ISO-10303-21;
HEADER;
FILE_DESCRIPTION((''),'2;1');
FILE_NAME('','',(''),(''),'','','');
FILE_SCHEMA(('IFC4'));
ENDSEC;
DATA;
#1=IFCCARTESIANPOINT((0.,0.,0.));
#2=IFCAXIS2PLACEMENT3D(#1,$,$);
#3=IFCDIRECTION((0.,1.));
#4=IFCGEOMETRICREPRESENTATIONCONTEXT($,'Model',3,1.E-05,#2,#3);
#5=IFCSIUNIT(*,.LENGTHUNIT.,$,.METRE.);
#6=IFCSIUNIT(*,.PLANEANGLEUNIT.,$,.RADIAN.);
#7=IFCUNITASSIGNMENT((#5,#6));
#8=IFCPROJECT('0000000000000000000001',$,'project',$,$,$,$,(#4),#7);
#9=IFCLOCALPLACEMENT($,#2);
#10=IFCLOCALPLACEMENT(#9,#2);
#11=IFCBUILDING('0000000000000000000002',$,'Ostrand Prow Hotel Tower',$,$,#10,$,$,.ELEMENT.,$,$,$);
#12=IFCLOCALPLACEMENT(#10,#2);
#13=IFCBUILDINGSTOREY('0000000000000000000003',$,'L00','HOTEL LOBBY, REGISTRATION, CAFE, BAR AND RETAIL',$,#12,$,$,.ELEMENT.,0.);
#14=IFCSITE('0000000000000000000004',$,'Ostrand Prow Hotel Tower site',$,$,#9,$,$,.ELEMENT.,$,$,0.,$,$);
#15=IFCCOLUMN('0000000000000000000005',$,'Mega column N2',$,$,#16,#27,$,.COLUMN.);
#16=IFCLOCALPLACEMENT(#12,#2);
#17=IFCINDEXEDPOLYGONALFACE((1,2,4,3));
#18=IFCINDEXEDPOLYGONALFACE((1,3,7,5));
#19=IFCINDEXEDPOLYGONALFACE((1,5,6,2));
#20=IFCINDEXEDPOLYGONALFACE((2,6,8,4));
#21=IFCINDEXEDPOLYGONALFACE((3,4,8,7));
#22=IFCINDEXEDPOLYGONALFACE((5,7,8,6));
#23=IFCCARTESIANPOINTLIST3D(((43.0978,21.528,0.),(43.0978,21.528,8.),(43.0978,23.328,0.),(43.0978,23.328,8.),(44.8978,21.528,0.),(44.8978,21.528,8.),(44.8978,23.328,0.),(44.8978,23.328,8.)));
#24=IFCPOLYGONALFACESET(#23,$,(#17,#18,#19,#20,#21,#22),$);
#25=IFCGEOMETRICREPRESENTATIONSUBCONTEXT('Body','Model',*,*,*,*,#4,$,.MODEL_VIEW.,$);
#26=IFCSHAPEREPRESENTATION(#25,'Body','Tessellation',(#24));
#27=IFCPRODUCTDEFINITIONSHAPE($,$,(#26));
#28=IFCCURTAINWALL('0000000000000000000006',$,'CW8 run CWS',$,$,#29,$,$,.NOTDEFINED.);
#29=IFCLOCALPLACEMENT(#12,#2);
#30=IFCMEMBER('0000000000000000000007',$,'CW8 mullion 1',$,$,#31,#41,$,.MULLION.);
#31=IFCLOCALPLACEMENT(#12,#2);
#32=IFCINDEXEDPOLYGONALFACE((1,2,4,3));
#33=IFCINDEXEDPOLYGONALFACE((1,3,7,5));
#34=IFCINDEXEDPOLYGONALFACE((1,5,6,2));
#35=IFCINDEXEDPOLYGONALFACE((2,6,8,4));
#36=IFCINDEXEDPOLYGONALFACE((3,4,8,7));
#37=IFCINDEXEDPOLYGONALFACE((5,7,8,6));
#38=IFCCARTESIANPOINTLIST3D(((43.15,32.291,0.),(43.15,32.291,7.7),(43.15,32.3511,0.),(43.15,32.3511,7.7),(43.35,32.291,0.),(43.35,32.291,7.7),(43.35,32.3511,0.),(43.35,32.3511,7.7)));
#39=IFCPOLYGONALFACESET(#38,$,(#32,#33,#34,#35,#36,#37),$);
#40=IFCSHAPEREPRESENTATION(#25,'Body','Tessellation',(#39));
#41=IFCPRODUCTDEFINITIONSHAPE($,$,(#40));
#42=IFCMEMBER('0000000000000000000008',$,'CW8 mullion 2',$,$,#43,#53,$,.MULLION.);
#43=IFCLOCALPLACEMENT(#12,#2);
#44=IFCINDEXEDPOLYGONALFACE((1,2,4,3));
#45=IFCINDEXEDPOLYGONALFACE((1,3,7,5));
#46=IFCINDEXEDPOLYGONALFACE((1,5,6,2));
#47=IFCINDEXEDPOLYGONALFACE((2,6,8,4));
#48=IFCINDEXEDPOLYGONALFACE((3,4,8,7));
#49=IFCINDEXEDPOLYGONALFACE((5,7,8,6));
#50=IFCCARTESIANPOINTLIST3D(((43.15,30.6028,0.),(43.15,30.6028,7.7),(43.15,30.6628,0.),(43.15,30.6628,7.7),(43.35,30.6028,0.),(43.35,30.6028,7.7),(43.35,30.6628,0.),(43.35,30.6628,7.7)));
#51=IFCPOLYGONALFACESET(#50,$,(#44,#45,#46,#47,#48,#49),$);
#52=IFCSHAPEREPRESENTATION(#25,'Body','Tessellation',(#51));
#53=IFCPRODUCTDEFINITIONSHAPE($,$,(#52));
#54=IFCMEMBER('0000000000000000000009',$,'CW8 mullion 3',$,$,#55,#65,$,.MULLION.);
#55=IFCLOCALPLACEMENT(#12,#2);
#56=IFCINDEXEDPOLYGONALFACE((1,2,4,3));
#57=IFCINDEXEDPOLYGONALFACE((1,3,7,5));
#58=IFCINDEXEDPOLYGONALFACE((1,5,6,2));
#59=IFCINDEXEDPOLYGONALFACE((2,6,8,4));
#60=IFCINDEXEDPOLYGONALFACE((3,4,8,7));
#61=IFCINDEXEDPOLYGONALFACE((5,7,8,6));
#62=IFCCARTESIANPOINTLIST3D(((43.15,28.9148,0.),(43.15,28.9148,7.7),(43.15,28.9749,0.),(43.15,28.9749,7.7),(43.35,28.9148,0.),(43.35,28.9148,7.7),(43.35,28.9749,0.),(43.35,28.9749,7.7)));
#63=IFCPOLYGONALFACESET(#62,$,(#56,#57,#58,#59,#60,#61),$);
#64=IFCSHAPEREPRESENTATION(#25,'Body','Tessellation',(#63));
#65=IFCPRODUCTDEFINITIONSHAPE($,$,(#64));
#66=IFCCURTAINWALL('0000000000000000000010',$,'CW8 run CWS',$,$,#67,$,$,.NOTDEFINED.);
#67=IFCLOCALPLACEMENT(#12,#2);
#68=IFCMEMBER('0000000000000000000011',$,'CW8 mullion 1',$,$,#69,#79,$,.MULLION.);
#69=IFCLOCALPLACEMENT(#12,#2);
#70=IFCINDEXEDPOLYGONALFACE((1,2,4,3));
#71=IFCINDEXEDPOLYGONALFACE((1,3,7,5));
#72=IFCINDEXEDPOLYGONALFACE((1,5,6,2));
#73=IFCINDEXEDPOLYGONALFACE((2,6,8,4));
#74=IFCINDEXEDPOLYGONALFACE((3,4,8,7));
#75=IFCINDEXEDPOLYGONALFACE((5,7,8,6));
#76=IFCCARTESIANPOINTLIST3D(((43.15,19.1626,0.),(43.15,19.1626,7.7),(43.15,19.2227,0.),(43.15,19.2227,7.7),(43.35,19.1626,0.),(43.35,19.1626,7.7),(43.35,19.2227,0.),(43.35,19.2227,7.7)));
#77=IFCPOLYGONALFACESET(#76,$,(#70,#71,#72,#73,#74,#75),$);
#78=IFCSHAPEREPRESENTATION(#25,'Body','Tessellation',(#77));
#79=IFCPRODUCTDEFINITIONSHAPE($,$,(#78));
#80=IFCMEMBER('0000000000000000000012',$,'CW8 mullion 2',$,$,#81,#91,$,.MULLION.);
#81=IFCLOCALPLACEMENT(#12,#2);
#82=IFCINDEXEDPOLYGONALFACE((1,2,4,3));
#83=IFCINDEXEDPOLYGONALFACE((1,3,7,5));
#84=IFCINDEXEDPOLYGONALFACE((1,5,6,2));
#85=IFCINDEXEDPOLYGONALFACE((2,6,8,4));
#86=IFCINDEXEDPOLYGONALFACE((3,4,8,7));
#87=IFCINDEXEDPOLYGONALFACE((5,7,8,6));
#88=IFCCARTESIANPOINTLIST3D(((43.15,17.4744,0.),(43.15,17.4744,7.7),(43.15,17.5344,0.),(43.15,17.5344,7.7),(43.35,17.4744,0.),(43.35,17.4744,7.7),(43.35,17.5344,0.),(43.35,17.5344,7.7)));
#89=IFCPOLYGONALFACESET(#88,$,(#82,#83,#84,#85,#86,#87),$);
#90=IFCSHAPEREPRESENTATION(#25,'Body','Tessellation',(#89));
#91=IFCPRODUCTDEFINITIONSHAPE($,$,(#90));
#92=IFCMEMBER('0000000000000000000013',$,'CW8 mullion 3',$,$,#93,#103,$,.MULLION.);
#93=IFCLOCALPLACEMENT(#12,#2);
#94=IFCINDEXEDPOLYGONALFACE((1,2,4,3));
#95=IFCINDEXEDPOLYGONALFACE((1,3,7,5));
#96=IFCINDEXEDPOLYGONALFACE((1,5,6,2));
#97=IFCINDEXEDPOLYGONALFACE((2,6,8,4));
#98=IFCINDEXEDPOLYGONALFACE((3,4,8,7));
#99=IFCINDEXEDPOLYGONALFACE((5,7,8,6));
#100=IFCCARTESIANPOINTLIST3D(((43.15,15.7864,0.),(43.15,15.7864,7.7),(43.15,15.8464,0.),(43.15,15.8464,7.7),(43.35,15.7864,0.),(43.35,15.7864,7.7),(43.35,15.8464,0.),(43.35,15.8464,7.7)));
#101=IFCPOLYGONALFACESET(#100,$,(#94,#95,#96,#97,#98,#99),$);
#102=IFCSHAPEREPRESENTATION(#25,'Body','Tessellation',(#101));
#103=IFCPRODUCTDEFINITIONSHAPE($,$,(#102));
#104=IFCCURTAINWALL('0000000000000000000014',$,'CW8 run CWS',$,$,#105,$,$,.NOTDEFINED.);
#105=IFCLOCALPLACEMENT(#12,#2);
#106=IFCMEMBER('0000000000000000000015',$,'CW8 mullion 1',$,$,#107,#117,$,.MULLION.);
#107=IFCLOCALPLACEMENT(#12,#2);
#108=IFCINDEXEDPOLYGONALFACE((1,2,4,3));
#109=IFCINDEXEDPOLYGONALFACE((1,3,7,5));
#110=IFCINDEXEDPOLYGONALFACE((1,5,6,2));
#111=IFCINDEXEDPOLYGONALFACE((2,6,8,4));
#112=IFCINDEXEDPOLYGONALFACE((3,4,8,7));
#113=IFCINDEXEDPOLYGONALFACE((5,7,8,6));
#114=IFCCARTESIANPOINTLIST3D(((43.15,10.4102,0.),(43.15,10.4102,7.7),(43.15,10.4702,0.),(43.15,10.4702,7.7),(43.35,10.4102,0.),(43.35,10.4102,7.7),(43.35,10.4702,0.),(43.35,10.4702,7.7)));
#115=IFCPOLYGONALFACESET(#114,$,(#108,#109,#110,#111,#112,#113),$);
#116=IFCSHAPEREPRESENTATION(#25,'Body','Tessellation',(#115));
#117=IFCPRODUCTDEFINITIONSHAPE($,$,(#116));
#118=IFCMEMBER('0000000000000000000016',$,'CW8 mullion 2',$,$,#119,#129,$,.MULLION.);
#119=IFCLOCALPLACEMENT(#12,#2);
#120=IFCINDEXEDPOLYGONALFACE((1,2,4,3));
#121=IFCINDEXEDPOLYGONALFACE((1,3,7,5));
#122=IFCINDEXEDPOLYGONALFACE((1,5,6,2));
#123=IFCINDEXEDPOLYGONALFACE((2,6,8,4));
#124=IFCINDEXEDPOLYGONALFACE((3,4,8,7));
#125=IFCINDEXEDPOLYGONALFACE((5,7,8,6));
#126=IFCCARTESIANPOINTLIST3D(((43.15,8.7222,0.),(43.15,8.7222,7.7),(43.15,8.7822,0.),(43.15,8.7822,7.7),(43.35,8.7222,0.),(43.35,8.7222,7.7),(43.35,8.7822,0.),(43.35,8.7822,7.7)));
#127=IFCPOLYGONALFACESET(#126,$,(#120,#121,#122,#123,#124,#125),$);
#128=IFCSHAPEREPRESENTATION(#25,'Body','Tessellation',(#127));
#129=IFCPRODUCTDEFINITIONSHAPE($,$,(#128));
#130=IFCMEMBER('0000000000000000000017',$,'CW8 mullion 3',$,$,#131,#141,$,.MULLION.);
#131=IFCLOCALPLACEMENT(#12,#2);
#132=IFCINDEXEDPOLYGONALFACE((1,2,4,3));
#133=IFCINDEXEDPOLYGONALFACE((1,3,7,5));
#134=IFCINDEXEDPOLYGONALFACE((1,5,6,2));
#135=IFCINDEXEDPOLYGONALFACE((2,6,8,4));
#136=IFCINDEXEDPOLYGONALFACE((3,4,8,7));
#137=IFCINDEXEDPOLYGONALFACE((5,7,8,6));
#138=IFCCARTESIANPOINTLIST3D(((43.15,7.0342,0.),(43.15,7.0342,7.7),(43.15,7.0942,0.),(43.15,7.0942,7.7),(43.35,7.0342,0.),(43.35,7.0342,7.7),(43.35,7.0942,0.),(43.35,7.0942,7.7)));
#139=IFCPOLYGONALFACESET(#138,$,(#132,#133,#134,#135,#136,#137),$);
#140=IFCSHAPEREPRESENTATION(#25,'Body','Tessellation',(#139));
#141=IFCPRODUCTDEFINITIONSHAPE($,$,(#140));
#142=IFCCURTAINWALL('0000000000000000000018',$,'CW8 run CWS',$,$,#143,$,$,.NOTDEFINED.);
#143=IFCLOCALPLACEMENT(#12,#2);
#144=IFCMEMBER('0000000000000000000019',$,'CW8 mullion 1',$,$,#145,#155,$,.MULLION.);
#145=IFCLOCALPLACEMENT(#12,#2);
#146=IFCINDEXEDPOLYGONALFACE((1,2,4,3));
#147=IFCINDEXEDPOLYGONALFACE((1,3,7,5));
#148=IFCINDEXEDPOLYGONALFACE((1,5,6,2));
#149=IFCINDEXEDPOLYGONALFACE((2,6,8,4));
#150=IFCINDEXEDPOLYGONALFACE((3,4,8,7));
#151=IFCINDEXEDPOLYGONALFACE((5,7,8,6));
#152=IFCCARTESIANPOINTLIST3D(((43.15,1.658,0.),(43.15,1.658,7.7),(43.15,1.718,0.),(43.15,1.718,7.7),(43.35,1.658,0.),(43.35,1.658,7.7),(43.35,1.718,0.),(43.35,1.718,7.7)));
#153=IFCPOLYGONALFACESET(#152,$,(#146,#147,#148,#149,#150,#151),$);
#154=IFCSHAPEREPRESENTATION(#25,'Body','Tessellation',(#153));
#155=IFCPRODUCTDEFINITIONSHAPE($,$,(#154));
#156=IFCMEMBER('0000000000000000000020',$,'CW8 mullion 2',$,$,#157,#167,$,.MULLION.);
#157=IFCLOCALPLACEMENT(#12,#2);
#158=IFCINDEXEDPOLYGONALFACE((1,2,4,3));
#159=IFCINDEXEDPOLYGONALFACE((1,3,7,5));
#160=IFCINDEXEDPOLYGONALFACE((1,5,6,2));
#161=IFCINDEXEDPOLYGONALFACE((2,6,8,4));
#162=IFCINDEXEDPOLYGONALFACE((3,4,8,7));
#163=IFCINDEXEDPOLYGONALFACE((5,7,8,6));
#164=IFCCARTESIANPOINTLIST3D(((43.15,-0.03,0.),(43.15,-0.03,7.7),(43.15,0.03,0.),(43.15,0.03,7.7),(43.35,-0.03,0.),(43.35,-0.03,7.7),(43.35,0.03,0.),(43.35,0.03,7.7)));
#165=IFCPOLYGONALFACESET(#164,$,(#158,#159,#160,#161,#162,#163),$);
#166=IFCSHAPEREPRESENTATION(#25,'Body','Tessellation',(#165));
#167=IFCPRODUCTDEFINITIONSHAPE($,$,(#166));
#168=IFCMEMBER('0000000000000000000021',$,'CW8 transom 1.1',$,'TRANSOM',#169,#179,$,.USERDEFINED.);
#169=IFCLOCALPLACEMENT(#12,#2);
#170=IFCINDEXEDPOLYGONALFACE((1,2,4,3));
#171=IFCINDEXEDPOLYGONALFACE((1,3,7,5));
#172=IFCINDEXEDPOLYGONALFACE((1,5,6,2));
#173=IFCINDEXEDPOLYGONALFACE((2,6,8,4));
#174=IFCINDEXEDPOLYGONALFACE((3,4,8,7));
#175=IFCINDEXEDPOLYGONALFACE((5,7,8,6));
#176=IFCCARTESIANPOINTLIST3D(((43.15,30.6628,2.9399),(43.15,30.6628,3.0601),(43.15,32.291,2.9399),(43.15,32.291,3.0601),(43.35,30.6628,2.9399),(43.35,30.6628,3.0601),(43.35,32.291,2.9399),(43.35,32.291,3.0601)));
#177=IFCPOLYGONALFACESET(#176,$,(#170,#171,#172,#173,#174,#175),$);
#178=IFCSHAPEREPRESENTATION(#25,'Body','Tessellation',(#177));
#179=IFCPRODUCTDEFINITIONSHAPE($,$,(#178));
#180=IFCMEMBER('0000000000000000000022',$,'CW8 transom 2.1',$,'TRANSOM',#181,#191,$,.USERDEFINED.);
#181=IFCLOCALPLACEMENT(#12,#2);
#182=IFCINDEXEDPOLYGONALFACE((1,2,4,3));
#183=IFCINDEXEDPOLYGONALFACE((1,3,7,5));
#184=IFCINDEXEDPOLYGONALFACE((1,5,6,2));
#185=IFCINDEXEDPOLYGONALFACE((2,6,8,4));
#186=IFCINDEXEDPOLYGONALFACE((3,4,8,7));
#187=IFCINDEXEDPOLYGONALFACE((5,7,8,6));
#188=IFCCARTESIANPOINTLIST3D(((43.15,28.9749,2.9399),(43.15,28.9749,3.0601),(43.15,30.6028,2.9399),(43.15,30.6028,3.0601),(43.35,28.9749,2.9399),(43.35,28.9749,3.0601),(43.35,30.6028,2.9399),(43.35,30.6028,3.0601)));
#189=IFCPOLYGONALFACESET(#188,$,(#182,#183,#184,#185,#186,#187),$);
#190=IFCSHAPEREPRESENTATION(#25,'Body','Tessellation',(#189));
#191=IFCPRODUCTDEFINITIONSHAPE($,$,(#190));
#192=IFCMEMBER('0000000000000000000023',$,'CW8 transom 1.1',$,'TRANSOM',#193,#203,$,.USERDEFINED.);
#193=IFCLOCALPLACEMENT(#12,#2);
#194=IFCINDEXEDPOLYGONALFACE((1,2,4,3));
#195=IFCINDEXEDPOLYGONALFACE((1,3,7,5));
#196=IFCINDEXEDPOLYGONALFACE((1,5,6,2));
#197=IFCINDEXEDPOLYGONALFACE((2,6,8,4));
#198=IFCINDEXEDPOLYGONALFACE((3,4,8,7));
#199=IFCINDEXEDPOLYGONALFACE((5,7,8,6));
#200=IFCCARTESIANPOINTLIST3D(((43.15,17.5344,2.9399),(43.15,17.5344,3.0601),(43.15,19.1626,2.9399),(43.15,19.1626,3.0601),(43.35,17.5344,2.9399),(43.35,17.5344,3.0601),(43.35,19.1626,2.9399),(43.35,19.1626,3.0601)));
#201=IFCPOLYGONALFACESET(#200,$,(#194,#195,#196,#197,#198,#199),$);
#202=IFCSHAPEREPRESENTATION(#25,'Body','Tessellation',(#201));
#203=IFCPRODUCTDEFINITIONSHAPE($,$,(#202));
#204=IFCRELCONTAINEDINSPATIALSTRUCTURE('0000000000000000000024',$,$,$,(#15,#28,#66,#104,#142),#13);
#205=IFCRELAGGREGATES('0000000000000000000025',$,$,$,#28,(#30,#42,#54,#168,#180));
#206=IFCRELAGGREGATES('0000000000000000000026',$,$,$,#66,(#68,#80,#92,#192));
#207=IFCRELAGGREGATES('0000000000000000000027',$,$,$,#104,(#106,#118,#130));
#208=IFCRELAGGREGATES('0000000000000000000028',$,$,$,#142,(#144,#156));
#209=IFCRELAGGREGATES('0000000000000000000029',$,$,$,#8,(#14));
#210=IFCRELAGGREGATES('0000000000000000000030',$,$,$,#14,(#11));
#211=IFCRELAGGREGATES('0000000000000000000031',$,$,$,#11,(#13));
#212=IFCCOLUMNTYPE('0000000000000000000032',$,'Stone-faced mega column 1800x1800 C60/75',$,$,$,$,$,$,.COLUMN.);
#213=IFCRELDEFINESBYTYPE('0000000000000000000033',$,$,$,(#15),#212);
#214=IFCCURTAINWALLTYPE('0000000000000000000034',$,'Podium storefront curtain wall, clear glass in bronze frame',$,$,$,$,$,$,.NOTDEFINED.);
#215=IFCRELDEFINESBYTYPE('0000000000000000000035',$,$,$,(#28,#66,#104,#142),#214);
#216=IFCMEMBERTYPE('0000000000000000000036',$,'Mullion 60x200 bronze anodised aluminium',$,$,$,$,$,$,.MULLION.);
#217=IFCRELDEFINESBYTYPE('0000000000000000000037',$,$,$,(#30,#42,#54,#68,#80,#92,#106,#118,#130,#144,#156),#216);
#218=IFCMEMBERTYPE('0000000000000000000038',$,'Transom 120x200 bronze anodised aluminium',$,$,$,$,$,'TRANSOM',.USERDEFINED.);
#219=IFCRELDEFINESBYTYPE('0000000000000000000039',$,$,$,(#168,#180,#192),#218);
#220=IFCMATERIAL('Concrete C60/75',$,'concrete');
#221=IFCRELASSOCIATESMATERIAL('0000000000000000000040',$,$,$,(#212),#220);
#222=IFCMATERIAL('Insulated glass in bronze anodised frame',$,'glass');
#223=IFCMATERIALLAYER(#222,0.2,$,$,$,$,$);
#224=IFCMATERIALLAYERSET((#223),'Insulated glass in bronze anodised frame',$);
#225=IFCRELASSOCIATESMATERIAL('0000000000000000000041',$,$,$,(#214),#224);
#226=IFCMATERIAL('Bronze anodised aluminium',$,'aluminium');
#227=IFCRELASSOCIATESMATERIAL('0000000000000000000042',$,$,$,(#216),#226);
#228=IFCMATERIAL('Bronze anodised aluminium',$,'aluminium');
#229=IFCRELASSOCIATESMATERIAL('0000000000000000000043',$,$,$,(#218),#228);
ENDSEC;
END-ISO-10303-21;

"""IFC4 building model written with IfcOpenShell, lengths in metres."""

from ifc_helpers import new_model, si_unit, direction, frame, origin, origin_2d, place, context, subcontext, project, spatial, rectangle, extrude, material, layer, layer_set, material_profile, profile_set, type_object, element, aggregate, save


model = new_model("IFC4")

# Units and contexts
model_context = context("Model", 3, precision=1e-05, world=origin(), true_north=direction((0.0, 1.0)))
body_context = subcontext(model_context, "Body", "Model", "MODEL_VIEW")
ifc_project = project(units=[si_unit("LENGTHUNIT", "METRE"), si_unit("PLANEANGLEUNIT", "RADIAN")], contexts=[model_context])

# Site, building, storey
site_placement = place(None, origin())
site = spatial("IfcSite", under=ifc_project, at=site_placement, Name="Ostrand Prow Hotel Tower site", CompositionType="ELEMENT", RefElevation=0.0)
building_placement = place(site_placement, origin())
building = spatial("IfcBuilding", under=site, at=building_placement, Name="Ostrand Prow Hotel Tower", CompositionType="ELEMENT")
storey_placement = place(building_placement, origin())
storey = spatial("IfcBuildingStorey", under=building, at=storey_placement, Name="L00", Description="HOTEL LOBBY, REGISTRATION, CAFE, BAR AND RETAIL", CompositionType="ELEMENT", Elevation=0.0)

# Column
ifc_material_1 = material(Name="Concrete C60/75", Category="concrete")
ifc_material_profile_1 = material_profile(ifc_material_1, rectangle(XDim=1.8, YDim=1.8, at=origin_2d()), Name="RC 1800x1800")
ifc_profile_set_1 = profile_set([ifc_material_profile_1], Name="Concrete C60/75")
column_type = type_object("IfcColumnType", Name="Stone-faced mega column 1800x1800 C60/75", PredefinedType="COLUMN", material=ifc_profile_set_1)
column_placement = place(storey_placement, frame((43.9978, 22.428, 0.0), z_axis=(0.0, 0.0, 1.0), x_axis=(1.0, 0.0, 0.0)))
element("IfcColumn", 1, at=column_placement, inside=storey, type_object=column_type, Name="Mega column N2", PredefinedType="COLUMN", context=body_context, shape_type="SweptSolid", body=[
    extrude(rectangle(XDim=1.8, YDim=1.8, at=origin_2d()), origin(), (0.0, 0.0, 1.0), 8.0),
])

# Curtain walls, members
ifc_material_2 = material(Name="Insulated glass in bronze anodised frame", Category="glass")
ifc_layer_1 = layer(ifc_material_2, 0.2)
ifc_layer_set_1 = layer_set([ifc_layer_1], Name="Insulated glass in bronze anodised frame")
curtain_wall_type = type_object("IfcCurtainWallType", Name="Podium storefront curtain wall, clear glass in bronze frame", PredefinedType="NOTDEFINED", material=ifc_layer_set_1)
curtain_wall_1_placement = place(storey_placement, origin())
curtain_wall_1 = element("IfcCurtainWall", 2, at=curtain_wall_1_placement, inside=storey, type_object=curtain_wall_type, Name="CW8 run CWS", PredefinedType="NOTDEFINED")
ifc_material_3 = material(Name="Bronze anodised aluminium", Category="aluminium")
ifc_material_profile_2 = material_profile(ifc_material_3, rectangle(XDim=0.2, YDim=0.0601, at=origin_2d()), Name="Mullion 60x200 bronze anodised aluminium")
ifc_profile_set_2 = profile_set([ifc_material_profile_2], Name="Bronze anodised aluminium")
member_type_1 = type_object("IfcMemberType", Name="Mullion 60x200 bronze anodised aluminium", PredefinedType="MULLION", material=ifc_profile_set_2)
member_1_placement = place(storey_placement, frame((43.25, 32.321, 0.0), z_axis=(0.0, 0.0, 1.0), x_axis=(1.0, 0.0, 0.0)))
member_1 = element("IfcMember", 3, at=member_1_placement, type_object=member_type_1, Name="CW8 mullion 1", PredefinedType="MULLION", context=body_context, shape_type="SweptSolid", body=[
    extrude(rectangle(XDim=0.2, YDim=0.0601, at=origin_2d()), origin(), (0.0, 0.0, 1.0), 7.7),
])
member_2_placement = place(storey_placement, frame((43.25, 30.6328, 0.0), z_axis=(0.0, 0.0, 1.0), x_axis=(1.0, 0.0, 0.0)))
member_2 = element("IfcMember", 4, at=member_2_placement, type_object=member_type_1, Name="CW8 mullion 2", PredefinedType="MULLION", context=body_context, shape_type="SweptSolid", body=[
    extrude(rectangle(XDim=0.2, YDim=0.0601, at=origin_2d()), origin(), (0.0, 0.0, 1.0), 7.7),
])
member_3_placement = place(storey_placement, frame((43.25, 28.9448, 0.0), z_axis=(0.0, 0.0, 1.0), x_axis=(1.0, 0.0, 0.0)))
member_3 = element("IfcMember", 5, at=member_3_placement, type_object=member_type_1, Name="CW8 mullion 3", PredefinedType="MULLION", context=body_context, shape_type="SweptSolid", body=[
    extrude(rectangle(XDim=0.2, YDim=0.0601, at=origin_2d()), origin(), (0.0, 0.0, 1.0), 7.7),
])
curtain_wall_2_placement = place(storey_placement, origin())
curtain_wall_2 = element("IfcCurtainWall", 6, at=curtain_wall_2_placement, inside=storey, type_object=curtain_wall_type, Name="CW8 run CWS", PredefinedType="NOTDEFINED")
member_4_placement = place(storey_placement, frame((43.25, 19.1926, 0.0), z_axis=(0.0, 0.0, 1.0), x_axis=(1.0, 0.0, 0.0)))
member_4 = element("IfcMember", 7, at=member_4_placement, type_object=member_type_1, Name="CW8 mullion 1", PredefinedType="MULLION", context=body_context, shape_type="SweptSolid", body=[
    extrude(rectangle(XDim=0.2, YDim=0.0601, at=origin_2d()), origin(), (0.0, 0.0, 1.0), 7.7),
])
member_5_placement = place(storey_placement, frame((43.25, 17.5044, 0.0), z_axis=(0.0, 0.0, 1.0), x_axis=(1.0, 0.0, 0.0)))
member_5 = element("IfcMember", 8, at=member_5_placement, type_object=member_type_1, Name="CW8 mullion 2", PredefinedType="MULLION", context=body_context, shape_type="SweptSolid", body=[
    extrude(rectangle(XDim=0.2, YDim=0.0601, at=origin_2d()), origin(), (0.0, 0.0, 1.0), 7.7),
])
member_6_placement = place(storey_placement, frame((43.25, 15.8164, 0.0), z_axis=(0.0, 0.0, 1.0), x_axis=(1.0, 0.0, 0.0)))
member_6 = element("IfcMember", 9, at=member_6_placement, type_object=member_type_1, Name="CW8 mullion 3", PredefinedType="MULLION", context=body_context, shape_type="SweptSolid", body=[
    extrude(rectangle(XDim=0.2, YDim=0.0601, at=origin_2d()), origin(), (0.0, 0.0, 1.0), 7.7),
])
curtain_wall_3_placement = place(storey_placement, origin())
curtain_wall_3 = element("IfcCurtainWall", 10, at=curtain_wall_3_placement, inside=storey, type_object=curtain_wall_type, Name="CW8 run CWS", PredefinedType="NOTDEFINED")
member_7_placement = place(storey_placement, frame((43.25, 10.4402, 0.0), z_axis=(0.0, 0.0, 1.0), x_axis=(1.0, 0.0, 0.0)))
member_7 = element("IfcMember", 11, at=member_7_placement, type_object=member_type_1, Name="CW8 mullion 1", PredefinedType="MULLION", context=body_context, shape_type="SweptSolid", body=[
    extrude(rectangle(XDim=0.2, YDim=0.0601, at=origin_2d()), origin(), (0.0, 0.0, 1.0), 7.7),
])
member_8_placement = place(storey_placement, frame((43.25, 8.7522, 0.0), z_axis=(0.0, 0.0, 1.0), x_axis=(1.0, 0.0, 0.0)))
member_8 = element("IfcMember", 12, at=member_8_placement, type_object=member_type_1, Name="CW8 mullion 2", PredefinedType="MULLION", context=body_context, shape_type="SweptSolid", body=[
    extrude(rectangle(XDim=0.2, YDim=0.0601, at=origin_2d()), origin(), (0.0, 0.0, 1.0), 7.7),
])
member_9_placement = place(storey_placement, frame((43.25, 7.0642, 0.0), z_axis=(0.0, 0.0, 1.0), x_axis=(1.0, 0.0, 0.0)))
member_9 = element("IfcMember", 13, at=member_9_placement, type_object=member_type_1, Name="CW8 mullion 3", PredefinedType="MULLION", context=body_context, shape_type="SweptSolid", body=[
    extrude(rectangle(XDim=0.2, YDim=0.0601, at=origin_2d()), origin(), (0.0, 0.0, 1.0), 7.7),
])
curtain_wall_4_placement = place(storey_placement, origin())
curtain_wall_4 = element("IfcCurtainWall", 14, at=curtain_wall_4_placement, inside=storey, type_object=curtain_wall_type, Name="CW8 run CWS", PredefinedType="NOTDEFINED")
member_10_placement = place(storey_placement, frame((43.25, 1.688, 0.0), z_axis=(0.0, 0.0, 1.0), x_axis=(1.0, 0.0, 0.0)))
member_10 = element("IfcMember", 15, at=member_10_placement, type_object=member_type_1, Name="CW8 mullion 1", PredefinedType="MULLION", context=body_context, shape_type="SweptSolid", body=[
    extrude(rectangle(XDim=0.2, YDim=0.0601, at=origin_2d()), origin(), (0.0, 0.0, 1.0), 7.7),
])
member_11_placement = place(storey_placement, frame((43.25, 0.0, 0.0), z_axis=(0.0, 0.0, 1.0), x_axis=(1.0, 0.0, 0.0)))
member_11 = element("IfcMember", 16, at=member_11_placement, type_object=member_type_1, Name="CW8 mullion 2", PredefinedType="MULLION", context=body_context, shape_type="SweptSolid", body=[
    extrude(rectangle(XDim=0.2, YDim=0.0601, at=origin_2d()), origin(), (0.0, 0.0, 1.0), 7.7),
])

# Members
ifc_material_4 = material(Name="Bronze anodised aluminium", Category="aluminium")
ifc_material_profile_3 = material_profile(ifc_material_4, rectangle(XDim=0.2, YDim=0.1201, at=origin_2d()), Name="Transom 120x200 bronze anodised aluminium")
ifc_profile_set_3 = profile_set([ifc_material_profile_3], Name="Bronze anodised aluminium")
member_type_2 = type_object("IfcMemberType", Name="Transom 120x200 bronze anodised aluminium", ElementType="TRANSOM", PredefinedType="USERDEFINED", material=ifc_profile_set_3)
member_12_placement = place(storey_placement, frame((43.25, 32.291, 3.0), z_axis=(0.0, -1.0, 0.0), x_axis=(1.0, 0.0, 0.0)))
member_12 = element("IfcMember", 17, at=member_12_placement, type_object=member_type_2, Name="CW8 transom 1.1", ObjectType="TRANSOM", PredefinedType="USERDEFINED", context=body_context, shape_type="SweptSolid", body=[
    extrude(rectangle(XDim=0.2, YDim=0.1201, at=origin_2d()), origin(), (0.0, 0.0, 1.0), 1.6282),
])
member_13_placement = place(storey_placement, frame((43.25, 30.6028, 3.0), z_axis=(0.0, -1.0, 0.0), x_axis=(1.0, 0.0, 0.0)))
member_13 = element("IfcMember", 18, at=member_13_placement, type_object=member_type_2, Name="CW8 transom 2.1", ObjectType="TRANSOM", PredefinedType="USERDEFINED", context=body_context, shape_type="SweptSolid", body=[
    extrude(rectangle(XDim=0.2, YDim=0.1201, at=origin_2d()), origin(), (0.0, 0.0, 1.0), 1.6279),
])
member_14_placement = place(storey_placement, frame((43.25, 19.1626, 3.0), z_axis=(0.0, -1.0, 0.0), x_axis=(1.0, 0.0, 0.0)))
member_14 = element("IfcMember", 19, at=member_14_placement, type_object=member_type_2, Name="CW8 transom 1.1", ObjectType="TRANSOM", PredefinedType="USERDEFINED", context=body_context, shape_type="SweptSolid", body=[
    extrude(rectangle(XDim=0.2, YDim=0.1201, at=origin_2d()), origin(), (0.0, 0.0, 1.0), 1.6282),
])

aggregate(curtain_wall_1, [member_1, member_2, member_3, member_12, member_13])
aggregate(curtain_wall_2, [member_4, member_5, member_6, member_14])
aggregate(curtain_wall_3, [member_7, member_8, member_9])
aggregate(curtain_wall_4, [member_10, member_11])

save(model, "model.ifc")
